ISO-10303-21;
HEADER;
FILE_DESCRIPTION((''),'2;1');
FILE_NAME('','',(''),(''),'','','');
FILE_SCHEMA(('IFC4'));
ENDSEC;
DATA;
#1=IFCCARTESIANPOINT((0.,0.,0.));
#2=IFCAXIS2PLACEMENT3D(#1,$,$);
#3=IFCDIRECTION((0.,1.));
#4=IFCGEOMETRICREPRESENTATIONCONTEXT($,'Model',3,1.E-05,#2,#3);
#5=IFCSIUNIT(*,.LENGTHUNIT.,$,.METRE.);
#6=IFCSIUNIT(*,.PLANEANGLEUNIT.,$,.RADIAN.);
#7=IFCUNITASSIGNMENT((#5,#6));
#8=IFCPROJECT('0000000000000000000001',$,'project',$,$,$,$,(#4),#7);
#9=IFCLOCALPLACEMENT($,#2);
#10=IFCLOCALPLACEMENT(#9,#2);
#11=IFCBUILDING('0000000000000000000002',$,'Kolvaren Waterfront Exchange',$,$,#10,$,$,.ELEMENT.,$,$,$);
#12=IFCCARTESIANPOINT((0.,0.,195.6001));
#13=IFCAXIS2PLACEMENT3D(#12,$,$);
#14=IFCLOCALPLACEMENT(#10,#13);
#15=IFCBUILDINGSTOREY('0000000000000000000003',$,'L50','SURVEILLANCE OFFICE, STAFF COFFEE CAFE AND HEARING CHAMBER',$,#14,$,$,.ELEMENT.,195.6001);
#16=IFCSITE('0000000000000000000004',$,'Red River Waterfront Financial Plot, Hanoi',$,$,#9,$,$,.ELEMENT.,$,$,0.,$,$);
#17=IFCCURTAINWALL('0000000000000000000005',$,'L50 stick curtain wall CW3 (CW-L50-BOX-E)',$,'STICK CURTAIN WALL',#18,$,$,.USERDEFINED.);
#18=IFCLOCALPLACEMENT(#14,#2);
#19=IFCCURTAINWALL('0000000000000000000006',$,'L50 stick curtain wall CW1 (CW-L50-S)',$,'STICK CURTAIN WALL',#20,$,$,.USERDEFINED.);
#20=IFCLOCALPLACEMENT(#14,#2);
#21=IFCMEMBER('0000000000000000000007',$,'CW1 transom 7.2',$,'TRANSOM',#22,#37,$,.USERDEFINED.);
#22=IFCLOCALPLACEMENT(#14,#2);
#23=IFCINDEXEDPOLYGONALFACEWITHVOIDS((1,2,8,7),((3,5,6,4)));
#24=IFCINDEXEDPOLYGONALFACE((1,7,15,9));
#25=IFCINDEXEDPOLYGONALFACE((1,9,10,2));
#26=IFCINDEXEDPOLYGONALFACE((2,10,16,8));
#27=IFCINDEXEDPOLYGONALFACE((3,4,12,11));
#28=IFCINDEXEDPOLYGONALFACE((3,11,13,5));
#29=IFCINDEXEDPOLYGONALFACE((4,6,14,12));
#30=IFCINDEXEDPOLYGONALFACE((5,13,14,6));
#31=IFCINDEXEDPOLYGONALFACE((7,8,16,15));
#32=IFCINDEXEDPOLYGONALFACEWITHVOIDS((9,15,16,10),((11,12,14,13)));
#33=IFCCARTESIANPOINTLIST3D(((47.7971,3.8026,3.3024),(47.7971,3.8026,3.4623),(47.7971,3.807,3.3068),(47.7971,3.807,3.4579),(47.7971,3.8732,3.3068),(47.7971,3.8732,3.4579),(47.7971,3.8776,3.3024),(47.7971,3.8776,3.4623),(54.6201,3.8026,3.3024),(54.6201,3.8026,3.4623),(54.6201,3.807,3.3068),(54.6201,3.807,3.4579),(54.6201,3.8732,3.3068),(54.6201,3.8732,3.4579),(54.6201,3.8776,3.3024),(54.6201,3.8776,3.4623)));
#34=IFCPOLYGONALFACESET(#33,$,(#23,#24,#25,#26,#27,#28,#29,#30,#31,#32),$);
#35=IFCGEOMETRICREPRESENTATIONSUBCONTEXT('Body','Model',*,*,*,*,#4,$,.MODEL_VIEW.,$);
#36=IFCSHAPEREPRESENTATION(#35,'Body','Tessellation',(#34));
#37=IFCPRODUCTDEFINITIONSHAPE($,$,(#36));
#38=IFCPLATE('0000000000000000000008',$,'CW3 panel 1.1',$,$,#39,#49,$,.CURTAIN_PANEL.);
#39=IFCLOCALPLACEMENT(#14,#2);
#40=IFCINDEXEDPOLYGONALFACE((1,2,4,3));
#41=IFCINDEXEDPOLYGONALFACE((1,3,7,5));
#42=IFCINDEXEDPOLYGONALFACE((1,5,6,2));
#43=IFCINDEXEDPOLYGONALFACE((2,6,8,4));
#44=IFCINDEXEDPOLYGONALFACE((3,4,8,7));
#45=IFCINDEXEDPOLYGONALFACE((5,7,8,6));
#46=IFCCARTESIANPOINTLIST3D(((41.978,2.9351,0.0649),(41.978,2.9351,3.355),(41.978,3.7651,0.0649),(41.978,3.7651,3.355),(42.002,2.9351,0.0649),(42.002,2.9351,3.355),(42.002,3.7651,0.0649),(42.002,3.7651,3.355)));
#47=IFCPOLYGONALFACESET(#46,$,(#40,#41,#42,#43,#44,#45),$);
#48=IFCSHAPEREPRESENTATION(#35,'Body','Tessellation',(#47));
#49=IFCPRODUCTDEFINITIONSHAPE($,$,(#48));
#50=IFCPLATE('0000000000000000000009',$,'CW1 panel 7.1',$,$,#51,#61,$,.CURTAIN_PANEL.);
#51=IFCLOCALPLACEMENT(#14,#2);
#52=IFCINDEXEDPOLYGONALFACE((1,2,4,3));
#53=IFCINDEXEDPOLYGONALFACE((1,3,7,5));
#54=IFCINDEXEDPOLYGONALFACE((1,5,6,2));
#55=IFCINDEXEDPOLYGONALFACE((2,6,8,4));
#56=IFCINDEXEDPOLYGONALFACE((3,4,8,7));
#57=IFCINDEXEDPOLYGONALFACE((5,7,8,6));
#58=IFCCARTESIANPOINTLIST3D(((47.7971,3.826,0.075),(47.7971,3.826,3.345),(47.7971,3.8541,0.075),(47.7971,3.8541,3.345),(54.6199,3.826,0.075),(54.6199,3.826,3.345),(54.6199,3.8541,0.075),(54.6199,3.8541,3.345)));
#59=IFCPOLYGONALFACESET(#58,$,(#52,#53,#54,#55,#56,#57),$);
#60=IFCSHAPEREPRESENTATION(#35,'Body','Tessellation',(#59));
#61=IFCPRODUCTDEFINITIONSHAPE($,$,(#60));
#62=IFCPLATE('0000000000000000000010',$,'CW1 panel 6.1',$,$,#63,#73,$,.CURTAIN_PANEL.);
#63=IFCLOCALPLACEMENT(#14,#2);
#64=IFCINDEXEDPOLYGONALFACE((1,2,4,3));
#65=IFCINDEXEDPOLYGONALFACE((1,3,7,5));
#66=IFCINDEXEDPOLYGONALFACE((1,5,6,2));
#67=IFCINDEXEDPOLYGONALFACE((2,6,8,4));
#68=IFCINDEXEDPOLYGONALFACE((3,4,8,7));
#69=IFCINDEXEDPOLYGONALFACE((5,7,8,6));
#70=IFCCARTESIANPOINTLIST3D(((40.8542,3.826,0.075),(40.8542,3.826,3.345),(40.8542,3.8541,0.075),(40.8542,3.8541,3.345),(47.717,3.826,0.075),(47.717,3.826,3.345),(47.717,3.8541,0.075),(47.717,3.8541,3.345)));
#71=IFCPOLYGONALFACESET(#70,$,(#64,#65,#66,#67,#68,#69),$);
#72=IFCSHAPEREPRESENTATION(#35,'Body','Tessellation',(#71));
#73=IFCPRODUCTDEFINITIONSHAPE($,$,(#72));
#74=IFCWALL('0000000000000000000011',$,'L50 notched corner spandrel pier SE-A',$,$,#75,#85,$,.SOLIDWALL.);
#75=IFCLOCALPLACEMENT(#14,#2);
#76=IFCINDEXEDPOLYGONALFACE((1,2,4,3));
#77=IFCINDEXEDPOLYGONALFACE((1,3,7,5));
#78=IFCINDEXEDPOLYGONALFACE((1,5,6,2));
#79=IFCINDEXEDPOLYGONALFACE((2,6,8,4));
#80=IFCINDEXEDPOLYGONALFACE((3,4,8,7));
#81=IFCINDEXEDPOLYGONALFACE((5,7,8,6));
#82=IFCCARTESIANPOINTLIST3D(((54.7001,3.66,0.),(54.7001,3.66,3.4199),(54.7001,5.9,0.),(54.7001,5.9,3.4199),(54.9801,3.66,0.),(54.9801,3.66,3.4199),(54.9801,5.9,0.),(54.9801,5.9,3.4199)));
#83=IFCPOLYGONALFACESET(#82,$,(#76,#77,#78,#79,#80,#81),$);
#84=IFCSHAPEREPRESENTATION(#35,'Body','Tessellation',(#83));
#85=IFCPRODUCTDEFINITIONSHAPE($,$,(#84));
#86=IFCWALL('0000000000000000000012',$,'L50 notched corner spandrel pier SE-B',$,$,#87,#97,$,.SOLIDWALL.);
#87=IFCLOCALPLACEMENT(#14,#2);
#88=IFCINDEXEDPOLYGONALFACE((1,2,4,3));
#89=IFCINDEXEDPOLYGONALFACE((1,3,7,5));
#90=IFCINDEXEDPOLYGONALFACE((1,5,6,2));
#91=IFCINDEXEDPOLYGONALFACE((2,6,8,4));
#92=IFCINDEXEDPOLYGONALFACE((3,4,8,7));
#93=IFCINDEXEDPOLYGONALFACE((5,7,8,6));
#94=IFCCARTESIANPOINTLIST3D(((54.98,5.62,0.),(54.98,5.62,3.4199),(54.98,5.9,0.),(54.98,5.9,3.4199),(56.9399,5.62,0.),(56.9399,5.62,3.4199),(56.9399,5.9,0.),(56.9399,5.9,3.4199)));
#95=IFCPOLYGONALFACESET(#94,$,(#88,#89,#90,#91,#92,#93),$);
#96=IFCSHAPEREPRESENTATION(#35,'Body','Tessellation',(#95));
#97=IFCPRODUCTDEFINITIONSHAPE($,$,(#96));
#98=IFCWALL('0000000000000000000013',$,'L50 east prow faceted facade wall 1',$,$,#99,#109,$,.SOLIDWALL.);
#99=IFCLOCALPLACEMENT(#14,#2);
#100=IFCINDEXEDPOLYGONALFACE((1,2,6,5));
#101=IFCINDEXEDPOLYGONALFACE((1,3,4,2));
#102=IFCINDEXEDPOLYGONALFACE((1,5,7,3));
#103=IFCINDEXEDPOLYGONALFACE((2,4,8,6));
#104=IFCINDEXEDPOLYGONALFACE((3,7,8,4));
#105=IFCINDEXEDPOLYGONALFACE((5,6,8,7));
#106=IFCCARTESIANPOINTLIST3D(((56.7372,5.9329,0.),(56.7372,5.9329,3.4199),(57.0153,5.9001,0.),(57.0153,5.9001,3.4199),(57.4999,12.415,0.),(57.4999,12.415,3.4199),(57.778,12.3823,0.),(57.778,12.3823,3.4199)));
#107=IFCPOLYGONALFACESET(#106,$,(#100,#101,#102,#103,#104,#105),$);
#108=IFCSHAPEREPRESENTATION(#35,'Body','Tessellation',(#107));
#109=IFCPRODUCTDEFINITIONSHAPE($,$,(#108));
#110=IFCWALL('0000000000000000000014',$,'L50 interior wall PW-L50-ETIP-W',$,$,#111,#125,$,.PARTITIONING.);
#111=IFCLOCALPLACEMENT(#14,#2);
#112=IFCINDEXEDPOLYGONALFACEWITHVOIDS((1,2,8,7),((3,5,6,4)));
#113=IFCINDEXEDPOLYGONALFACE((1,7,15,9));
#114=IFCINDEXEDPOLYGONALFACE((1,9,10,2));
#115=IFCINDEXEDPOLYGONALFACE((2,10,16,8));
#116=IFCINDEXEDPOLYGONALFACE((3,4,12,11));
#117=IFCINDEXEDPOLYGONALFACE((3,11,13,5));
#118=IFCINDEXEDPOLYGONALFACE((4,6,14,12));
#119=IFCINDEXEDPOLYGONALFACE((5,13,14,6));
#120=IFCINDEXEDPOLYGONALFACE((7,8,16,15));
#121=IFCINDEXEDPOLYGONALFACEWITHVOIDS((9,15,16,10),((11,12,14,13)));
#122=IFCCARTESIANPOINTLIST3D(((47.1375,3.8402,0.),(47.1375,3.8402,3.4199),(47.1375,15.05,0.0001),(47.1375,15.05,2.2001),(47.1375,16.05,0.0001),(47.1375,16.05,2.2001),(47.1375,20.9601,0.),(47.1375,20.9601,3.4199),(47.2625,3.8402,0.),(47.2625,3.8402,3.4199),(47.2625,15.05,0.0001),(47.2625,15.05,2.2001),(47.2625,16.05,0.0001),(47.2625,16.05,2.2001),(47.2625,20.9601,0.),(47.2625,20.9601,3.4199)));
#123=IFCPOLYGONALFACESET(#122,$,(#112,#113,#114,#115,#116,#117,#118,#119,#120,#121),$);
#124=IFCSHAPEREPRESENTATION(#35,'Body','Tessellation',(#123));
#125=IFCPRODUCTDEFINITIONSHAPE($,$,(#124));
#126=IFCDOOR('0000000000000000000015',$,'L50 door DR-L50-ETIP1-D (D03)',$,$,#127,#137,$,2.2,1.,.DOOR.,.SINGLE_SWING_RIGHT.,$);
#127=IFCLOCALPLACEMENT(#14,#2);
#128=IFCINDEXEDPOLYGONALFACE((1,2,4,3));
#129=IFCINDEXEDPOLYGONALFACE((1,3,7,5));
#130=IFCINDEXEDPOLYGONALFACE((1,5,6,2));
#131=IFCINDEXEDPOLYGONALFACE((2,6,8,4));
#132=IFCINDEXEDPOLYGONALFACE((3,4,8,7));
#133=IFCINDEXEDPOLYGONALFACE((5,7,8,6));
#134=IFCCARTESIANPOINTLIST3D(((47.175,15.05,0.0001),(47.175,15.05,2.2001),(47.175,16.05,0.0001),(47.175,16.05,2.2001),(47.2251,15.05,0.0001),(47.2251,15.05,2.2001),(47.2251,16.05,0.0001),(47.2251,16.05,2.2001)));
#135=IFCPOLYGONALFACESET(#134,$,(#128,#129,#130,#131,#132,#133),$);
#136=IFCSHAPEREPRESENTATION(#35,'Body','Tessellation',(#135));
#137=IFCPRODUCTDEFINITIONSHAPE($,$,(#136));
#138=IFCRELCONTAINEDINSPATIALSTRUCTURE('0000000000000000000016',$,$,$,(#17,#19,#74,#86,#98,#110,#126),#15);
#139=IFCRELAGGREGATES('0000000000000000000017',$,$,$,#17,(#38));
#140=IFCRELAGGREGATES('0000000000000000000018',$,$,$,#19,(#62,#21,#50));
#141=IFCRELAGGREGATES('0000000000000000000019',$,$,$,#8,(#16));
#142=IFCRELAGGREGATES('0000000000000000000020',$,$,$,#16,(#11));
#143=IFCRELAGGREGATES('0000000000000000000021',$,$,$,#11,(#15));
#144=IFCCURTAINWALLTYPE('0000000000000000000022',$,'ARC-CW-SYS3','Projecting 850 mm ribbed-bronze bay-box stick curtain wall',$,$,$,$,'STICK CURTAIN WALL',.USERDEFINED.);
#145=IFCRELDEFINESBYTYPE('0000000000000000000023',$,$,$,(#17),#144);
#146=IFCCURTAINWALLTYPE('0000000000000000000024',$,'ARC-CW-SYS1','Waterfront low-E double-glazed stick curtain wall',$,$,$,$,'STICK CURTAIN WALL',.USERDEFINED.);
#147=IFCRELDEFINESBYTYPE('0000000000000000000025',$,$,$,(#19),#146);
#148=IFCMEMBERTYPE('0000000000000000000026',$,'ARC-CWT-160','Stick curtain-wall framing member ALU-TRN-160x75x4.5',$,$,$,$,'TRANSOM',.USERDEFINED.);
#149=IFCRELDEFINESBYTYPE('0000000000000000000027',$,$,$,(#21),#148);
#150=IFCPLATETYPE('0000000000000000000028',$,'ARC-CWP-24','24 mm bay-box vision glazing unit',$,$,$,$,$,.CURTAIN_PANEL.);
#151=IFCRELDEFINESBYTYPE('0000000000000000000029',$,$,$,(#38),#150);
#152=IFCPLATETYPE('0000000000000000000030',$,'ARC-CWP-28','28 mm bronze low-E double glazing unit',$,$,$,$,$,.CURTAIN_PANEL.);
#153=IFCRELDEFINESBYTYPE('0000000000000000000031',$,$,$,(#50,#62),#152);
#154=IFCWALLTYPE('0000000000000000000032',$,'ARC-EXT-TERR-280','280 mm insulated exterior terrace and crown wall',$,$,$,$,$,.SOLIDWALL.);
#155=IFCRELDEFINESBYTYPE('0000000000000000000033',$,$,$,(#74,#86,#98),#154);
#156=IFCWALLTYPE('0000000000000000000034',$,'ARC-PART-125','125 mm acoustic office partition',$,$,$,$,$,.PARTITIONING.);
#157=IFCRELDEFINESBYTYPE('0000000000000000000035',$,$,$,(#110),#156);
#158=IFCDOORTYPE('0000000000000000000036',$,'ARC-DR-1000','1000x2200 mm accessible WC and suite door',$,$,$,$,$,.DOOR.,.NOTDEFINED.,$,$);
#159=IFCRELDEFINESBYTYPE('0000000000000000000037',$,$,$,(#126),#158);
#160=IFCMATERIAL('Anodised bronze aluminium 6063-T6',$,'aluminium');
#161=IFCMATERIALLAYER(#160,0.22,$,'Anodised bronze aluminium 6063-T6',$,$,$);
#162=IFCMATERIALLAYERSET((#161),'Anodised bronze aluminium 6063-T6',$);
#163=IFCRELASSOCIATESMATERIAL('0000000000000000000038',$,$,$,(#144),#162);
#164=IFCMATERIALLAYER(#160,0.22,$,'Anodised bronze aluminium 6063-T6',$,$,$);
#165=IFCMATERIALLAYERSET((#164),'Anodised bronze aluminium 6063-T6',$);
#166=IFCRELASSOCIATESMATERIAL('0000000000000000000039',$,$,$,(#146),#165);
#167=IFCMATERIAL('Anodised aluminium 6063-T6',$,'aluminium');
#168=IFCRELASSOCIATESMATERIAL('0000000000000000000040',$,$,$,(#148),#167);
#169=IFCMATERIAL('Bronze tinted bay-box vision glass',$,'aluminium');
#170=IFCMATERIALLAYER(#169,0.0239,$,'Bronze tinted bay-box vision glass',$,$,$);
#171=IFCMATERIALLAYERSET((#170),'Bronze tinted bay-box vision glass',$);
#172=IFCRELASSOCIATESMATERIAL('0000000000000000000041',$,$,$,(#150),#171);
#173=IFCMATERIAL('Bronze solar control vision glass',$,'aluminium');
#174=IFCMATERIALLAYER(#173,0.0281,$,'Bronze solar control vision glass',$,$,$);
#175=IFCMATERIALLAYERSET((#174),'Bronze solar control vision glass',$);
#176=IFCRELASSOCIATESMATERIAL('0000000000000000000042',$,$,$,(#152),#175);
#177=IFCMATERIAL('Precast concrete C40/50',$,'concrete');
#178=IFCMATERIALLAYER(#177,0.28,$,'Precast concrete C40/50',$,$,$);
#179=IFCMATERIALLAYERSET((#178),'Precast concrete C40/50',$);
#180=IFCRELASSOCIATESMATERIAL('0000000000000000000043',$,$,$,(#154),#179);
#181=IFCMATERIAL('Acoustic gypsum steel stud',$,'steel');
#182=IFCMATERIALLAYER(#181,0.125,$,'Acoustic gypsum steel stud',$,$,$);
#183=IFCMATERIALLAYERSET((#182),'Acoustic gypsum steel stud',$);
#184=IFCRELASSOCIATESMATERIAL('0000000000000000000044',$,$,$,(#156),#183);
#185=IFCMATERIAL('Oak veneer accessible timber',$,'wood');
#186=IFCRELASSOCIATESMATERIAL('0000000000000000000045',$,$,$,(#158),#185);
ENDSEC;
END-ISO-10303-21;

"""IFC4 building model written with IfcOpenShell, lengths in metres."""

from ifc_helpers import new_model, si_unit, direction, frame, frame_2d, origin, origin_with_axes, origin_2d, place, context, subcontext, project, spatial, rectangle, hollow_rectangle, extrude, source, transform, mapped, material, layer, layer_set, material_profile, profile_set, type_object, element, fill, aggregate, save


model = new_model("IFC4")

# Units and contexts
model_context = context("Model", 3, precision=1e-05, world=origin(), true_north=direction((0.0, 1.0)))
body_context = subcontext(model_context, "Body", "Model", "MODEL_VIEW")
ifc_project = project(units=[si_unit("LENGTHUNIT", "METRE"), si_unit("PLANEANGLEUNIT", "RADIAN")], contexts=[model_context])

# Site, building, storey
site_placement = place(None, origin())
site = spatial("IfcSite", under=ifc_project, at=site_placement, Name="Red River Waterfront Financial Plot, Hanoi", CompositionType="ELEMENT", RefElevation=0.0)
building_placement = place(site_placement, origin())
building = spatial("IfcBuilding", under=site, at=building_placement, Name="Kolvaren Waterfront Exchange", CompositionType="ELEMENT")
storey_placement = place(building_placement, frame((0.0, 0.0, 195.6001)))
storey = spatial("IfcBuildingStorey", under=building, at=storey_placement, Name="L50", Description="SURVEILLANCE OFFICE, STAFF COFFEE CAFE AND HEARING CHAMBER", CompositionType="ELEMENT", Elevation=195.6001)

# Curtain walls
ifc_material_1 = material(Name="Anodised bronze aluminium 6063-T6", Category="aluminium")
ifc_layer_1 = layer(ifc_material_1, 0.22, Name="Anodised bronze aluminium 6063-T6")
ifc_layer_set_1 = layer_set([ifc_layer_1], Name="Anodised bronze aluminium 6063-T6")
curtain_wall_type_1 = type_object("IfcCurtainWallType", Name="ARC-CW-SYS3", Description="Projecting 850 mm ribbed-bronze bay-box stick curtain wall", ElementType="STICK CURTAIN WALL", PredefinedType="USERDEFINED", material=ifc_layer_set_1)
curtain_wall_1_placement = place(storey_placement, origin())
curtain_wall_1 = element("IfcCurtainWall", 1, at=curtain_wall_1_placement, inside=storey, type_object=curtain_wall_type_1, Name="L50 stick curtain wall CW3 (CW-L50-BOX-E)", ObjectType="STICK CURTAIN WALL", PredefinedType="USERDEFINED")
ifc_layer_2 = layer(ifc_material_1, 0.22, Name="Anodised bronze aluminium 6063-T6")
ifc_layer_set_2 = layer_set([ifc_layer_2], Name="Anodised bronze aluminium 6063-T6")
curtain_wall_type_2 = type_object("IfcCurtainWallType", Name="ARC-CW-SYS1", Description="Waterfront low-E double-glazed stick curtain wall", ElementType="STICK CURTAIN WALL", PredefinedType="USERDEFINED", material=ifc_layer_set_2)
curtain_wall_2_placement = place(storey_placement, origin())
curtain_wall_2 = element("IfcCurtainWall", 2, at=curtain_wall_2_placement, inside=storey, type_object=curtain_wall_type_2, Name="L50 stick curtain wall CW1 (CW-L50-S)", ObjectType="STICK CURTAIN WALL", PredefinedType="USERDEFINED")
ifc_material_2 = material(Name="Anodised aluminium 6063-T6", Category="aluminium")

# Member
ifc_material_profile_1 = material_profile(ifc_material_2, hollow_rectangle(XDim=0.075, YDim=0.1599, WallThickness=0.0044, at=origin_2d()), Name="ALU-TRN-160x75x4.5")
ifc_profile_set_1 = profile_set([ifc_material_profile_1], Name="Anodised aluminium 6063-T6")
member_type_1 = type_object("IfcMemberType", Name="ARC-CWT-160", Description="Stick curtain-wall framing member ALU-TRN-160x75x4.5", ElementType="TRANSOM", PredefinedType="USERDEFINED", material=ifc_profile_set_1)
shared_shape_1 = source(origin_with_axes(), body_context, "Body", "SweptSolid", [
    extrude(hollow_rectangle(XDim=0.075, YDim=0.1599, WallThickness=0.0044, at=origin_2d()), origin(), (0.0, 0.0, 1.0), 6.823),
])
member_1_placement = place(storey_placement, frame((47.7971, 3.8401, 3.3823), z_axis=(1.0, 0.0, 0.0), x_axis=(0.0, 1.0, 0.0)))
member_1 = element("IfcMember", 3, at=member_1_placement, type_object=member_type_1, Name="CW1 transom 7.2", ObjectType="TRANSOM", PredefinedType="USERDEFINED", context=body_context, shape_type="MappedRepresentation", body=[
    mapped(shared_shape_1, transform((0.0, 0.0, 0.0), x_axis=(1.0, 0.0, 0.0), y_axis=(0.0, 1.0, 0.0), z_axis=(0.0, 0.0, 1.0), scale=1.0)),
])

# Plates
ifc_material_3 = material(Name="Bronze tinted bay-box vision glass", Category="aluminium")
ifc_layer_3 = layer(ifc_material_3, 0.0239, Name="Bronze tinted bay-box vision glass")
ifc_layer_set_3 = layer_set([ifc_layer_3], Name="Bronze tinted bay-box vision glass")
plate_type_1 = type_object("IfcPlateType", Name="ARC-CWP-24", Description="24 mm bay-box vision glazing unit", PredefinedType="CURTAIN_PANEL", material=ifc_layer_set_3)
shared_shape_2 = source(origin_with_axes(), body_context, "Body", "SweptSolid", [
    extrude(rectangle(XDim=0.8301, YDim=0.0239, at=origin_2d()), origin(), (0.0, 0.0, 1.0), 3.29),
])
plate_1_placement = place(storey_placement, frame((41.99, 3.3501, 0.0649), z_axis=(0.0, 0.0, 1.0), x_axis=(0.0, 1.0, 0.0)))
plate_1 = element("IfcPlate", 4, at=plate_1_placement, type_object=plate_type_1, Name="CW3 panel 1.1", PredefinedType="CURTAIN_PANEL", context=body_context, shape_type="MappedRepresentation", body=[
    mapped(shared_shape_2, transform((0.0, 0.0, 0.0), x_axis=(1.0, 0.0, 0.0), y_axis=(0.0, 1.0, 0.0), z_axis=(0.0, 0.0, 1.0), scale=1.0)),
])
aggregate(curtain_wall_1, [plate_1])
ifc_material_4 = material(Name="Bronze solar control vision glass", Category="aluminium")
ifc_layer_4 = layer(ifc_material_4, 0.0281, Name="Bronze solar control vision glass")
ifc_layer_set_4 = layer_set([ifc_layer_4], Name="Bronze solar control vision glass")
plate_type_2 = type_object("IfcPlateType", Name="ARC-CWP-28", Description="28 mm bronze low-E double glazing unit", PredefinedType="CURTAIN_PANEL", material=ifc_layer_set_4)
shared_shape_3 = source(origin_with_axes(), body_context, "Body", "SweptSolid", [
    extrude(rectangle(XDim=6.8228, YDim=0.0281, at=origin_2d()), origin(), (0.0, 0.0, 1.0), 3.27),
])
plate_2_placement = place(storey_placement, frame((51.2085, 3.8401, 0.075), z_axis=(0.0, 0.0, 1.0), x_axis=(1.0, 0.0, 0.0)))
plate_2 = element("IfcPlate", 5, at=plate_2_placement, type_object=plate_type_2, Name="CW1 panel 7.1", PredefinedType="CURTAIN_PANEL", context=body_context, shape_type="MappedRepresentation", body=[
    mapped(shared_shape_3, transform((0.0, 0.0, 0.0), x_axis=(1.0, 0.0, 0.0), y_axis=(0.0, 1.0, 0.0), z_axis=(0.0, 0.0, 1.0), scale=1.0)),
])
shared_shape_4 = source(origin_with_axes(), body_context, "Body", "SweptSolid", [
    extrude(rectangle(XDim=6.8628, YDim=0.0281, at=origin_2d()), origin(), (0.0, 0.0, 1.0), 3.27),
])
plate_3_placement = place(storey_placement, frame((44.2856, 3.8401, 0.075), z_axis=(0.0, 0.0, 1.0), x_axis=(1.0, 0.0, 0.0)))
plate_3 = element("IfcPlate", 6, at=plate_3_placement, type_object=plate_type_2, Name="CW1 panel 6.1", PredefinedType="CURTAIN_PANEL", context=body_context, shape_type="MappedRepresentation", body=[
    mapped(shared_shape_4, transform((0.0, 0.0, 0.0), x_axis=(1.0, 0.0, 0.0), y_axis=(0.0, 1.0, 0.0), z_axis=(0.0, 0.0, 1.0), scale=1.0)),
])
aggregate(curtain_wall_2, [plate_3, member_1, plate_2])

# Walls
ifc_material_5 = material(Name="Precast concrete C40/50", Category="concrete")
ifc_layer_5 = layer(ifc_material_5, 0.28, Name="Precast concrete C40/50")
ifc_layer_set_5 = layer_set([ifc_layer_5], Name="Precast concrete C40/50")
wall_type_1 = type_object("IfcWallType", Name="ARC-EXT-TERR-280", Description="280 mm insulated exterior terrace and crown wall", PredefinedType="SOLIDWALL", material=ifc_layer_set_5)
wall_1_placement = place(storey_placement, frame((54.8401, 3.6599, 0.0), z_axis=(0.0, 0.0, 1.0), x_axis=(0.0, 1.0, 0.0)))
element("IfcWall", 7, at=wall_1_placement, inside=storey, type_object=wall_type_1, Name="L50 notched corner spandrel pier SE-A", PredefinedType="SOLIDWALL", context=body_context, shape_type="SweptSolid", body=[
    extrude(rectangle(XDim=2.24, YDim=0.28, at=frame_2d((1.1201, 0.0))), origin(), (0.0, 0.0, 1.0), 3.4199),
])
wall_2_placement = place(storey_placement, frame((54.98, 5.76, 0.0), z_axis=(0.0, 0.0, 1.0), x_axis=(1.0, 0.0, 0.0)))
element("IfcWall", 8, at=wall_2_placement, inside=storey, type_object=wall_type_1, Name="L50 notched corner spandrel pier SE-B", PredefinedType="SOLIDWALL", context=body_context, shape_type="SweptSolid", body=[
    extrude(rectangle(XDim=1.96, YDim=0.28, at=frame_2d((0.98, 0.0))), origin(), (0.0, 0.0, 1.0), 3.4199),
])
wall_3_placement = place(storey_placement, frame((56.8762, 5.9165, 0.0), z_axis=(0.0, 0.0, 1.0), x_axis=(0.116854, 0.993149, 0.0)))
element("IfcWall", 9, at=wall_3_placement, inside=storey, type_object=wall_type_1, Name="L50 east prow faceted facade wall 1", PredefinedType="SOLIDWALL", context=body_context, shape_type="SweptSolid", body=[
    extrude(rectangle(XDim=6.5269, YDim=0.28, at=frame_2d((3.2634, 0.0))), origin(), (0.0, 0.0, 1.0), 3.4199),
])

# Wall, opening, door
ifc_material_6 = material(Name="Acoustic gypsum steel stud", Category="steel")
ifc_layer_6 = layer(ifc_material_6, 0.125, Name="Acoustic gypsum steel stud")
ifc_layer_set_6 = layer_set([ifc_layer_6], Name="Acoustic gypsum steel stud")
wall_type_2 = type_object("IfcWallType", Name="ARC-PART-125", Description="125 mm acoustic office partition", PredefinedType="PARTITIONING", material=ifc_layer_set_6)
wall_4_placement = place(storey_placement, frame((47.2, 3.8401, 0.0), z_axis=(0.0, 0.0, 1.0), x_axis=(0.0, 1.0, 0.0)))
wall_4 = element("IfcWall", 10, at=wall_4_placement, inside=storey, type_object=wall_type_2, Name="L50 interior wall PW-L50-ETIP-W", PredefinedType="PARTITIONING", context=body_context, shape_type="SweptSolid", body=[
    extrude(rectangle(XDim=17.1199, YDim=0.125, at=frame_2d((8.5601, 0.0))), origin(), (0.0, 0.0, 1.0), 3.4199),
])
opening_placement = place(wall_4_placement, frame((11.21, 0.0, 0.0)))
opening = element("IfcOpeningElement", 11, at=opening_placement, cuts=wall_4, PredefinedType="OPENING", context=body_context, shape_type="SweptSolid", body=[
    extrude(rectangle(XDim=1.0, YDim=2.2, at=frame_2d((0.5, 1.1001))), frame((0.0, 0.0725, 0.0), z_axis=(0.0, -1.0, 0.0), x_axis=(1.0, 0.0, 0.0)), (0.0, 0.0, 1.0), 0.145),
])
ifc_material_7 = material(Name="Oak veneer accessible timber", Category="wood")
door_type = type_object("IfcDoorType", Name="ARC-DR-1000", Description="1000x2200 mm accessible WC and suite door", OperationType="NOTDEFINED", PredefinedType="DOOR", material=ifc_material_7)
door_placement = place(opening_placement, origin())
door = element("IfcDoor", 12, at=door_placement, inside=storey, type_object=door_type, Name="L50 door DR-L50-ETIP1-D (D03)", OperationType="SINGLE_SWING_RIGHT", OverallHeight=2.2, OverallWidth=1.0, PredefinedType="DOOR", context=body_context, shape_type="SweptSolid", body=[
    extrude(rectangle(XDim=1.0, YDim=2.2, at=frame_2d((0.5, 1.1001))), frame((0.0, 0.0249, 0.0), z_axis=(0.0, -1.0, 0.0), x_axis=(1.0, 0.0, 0.0)), (0.0, 0.0, 1.0), 0.05),
])
fill(opening, door)

save(model, "model.ifc")
